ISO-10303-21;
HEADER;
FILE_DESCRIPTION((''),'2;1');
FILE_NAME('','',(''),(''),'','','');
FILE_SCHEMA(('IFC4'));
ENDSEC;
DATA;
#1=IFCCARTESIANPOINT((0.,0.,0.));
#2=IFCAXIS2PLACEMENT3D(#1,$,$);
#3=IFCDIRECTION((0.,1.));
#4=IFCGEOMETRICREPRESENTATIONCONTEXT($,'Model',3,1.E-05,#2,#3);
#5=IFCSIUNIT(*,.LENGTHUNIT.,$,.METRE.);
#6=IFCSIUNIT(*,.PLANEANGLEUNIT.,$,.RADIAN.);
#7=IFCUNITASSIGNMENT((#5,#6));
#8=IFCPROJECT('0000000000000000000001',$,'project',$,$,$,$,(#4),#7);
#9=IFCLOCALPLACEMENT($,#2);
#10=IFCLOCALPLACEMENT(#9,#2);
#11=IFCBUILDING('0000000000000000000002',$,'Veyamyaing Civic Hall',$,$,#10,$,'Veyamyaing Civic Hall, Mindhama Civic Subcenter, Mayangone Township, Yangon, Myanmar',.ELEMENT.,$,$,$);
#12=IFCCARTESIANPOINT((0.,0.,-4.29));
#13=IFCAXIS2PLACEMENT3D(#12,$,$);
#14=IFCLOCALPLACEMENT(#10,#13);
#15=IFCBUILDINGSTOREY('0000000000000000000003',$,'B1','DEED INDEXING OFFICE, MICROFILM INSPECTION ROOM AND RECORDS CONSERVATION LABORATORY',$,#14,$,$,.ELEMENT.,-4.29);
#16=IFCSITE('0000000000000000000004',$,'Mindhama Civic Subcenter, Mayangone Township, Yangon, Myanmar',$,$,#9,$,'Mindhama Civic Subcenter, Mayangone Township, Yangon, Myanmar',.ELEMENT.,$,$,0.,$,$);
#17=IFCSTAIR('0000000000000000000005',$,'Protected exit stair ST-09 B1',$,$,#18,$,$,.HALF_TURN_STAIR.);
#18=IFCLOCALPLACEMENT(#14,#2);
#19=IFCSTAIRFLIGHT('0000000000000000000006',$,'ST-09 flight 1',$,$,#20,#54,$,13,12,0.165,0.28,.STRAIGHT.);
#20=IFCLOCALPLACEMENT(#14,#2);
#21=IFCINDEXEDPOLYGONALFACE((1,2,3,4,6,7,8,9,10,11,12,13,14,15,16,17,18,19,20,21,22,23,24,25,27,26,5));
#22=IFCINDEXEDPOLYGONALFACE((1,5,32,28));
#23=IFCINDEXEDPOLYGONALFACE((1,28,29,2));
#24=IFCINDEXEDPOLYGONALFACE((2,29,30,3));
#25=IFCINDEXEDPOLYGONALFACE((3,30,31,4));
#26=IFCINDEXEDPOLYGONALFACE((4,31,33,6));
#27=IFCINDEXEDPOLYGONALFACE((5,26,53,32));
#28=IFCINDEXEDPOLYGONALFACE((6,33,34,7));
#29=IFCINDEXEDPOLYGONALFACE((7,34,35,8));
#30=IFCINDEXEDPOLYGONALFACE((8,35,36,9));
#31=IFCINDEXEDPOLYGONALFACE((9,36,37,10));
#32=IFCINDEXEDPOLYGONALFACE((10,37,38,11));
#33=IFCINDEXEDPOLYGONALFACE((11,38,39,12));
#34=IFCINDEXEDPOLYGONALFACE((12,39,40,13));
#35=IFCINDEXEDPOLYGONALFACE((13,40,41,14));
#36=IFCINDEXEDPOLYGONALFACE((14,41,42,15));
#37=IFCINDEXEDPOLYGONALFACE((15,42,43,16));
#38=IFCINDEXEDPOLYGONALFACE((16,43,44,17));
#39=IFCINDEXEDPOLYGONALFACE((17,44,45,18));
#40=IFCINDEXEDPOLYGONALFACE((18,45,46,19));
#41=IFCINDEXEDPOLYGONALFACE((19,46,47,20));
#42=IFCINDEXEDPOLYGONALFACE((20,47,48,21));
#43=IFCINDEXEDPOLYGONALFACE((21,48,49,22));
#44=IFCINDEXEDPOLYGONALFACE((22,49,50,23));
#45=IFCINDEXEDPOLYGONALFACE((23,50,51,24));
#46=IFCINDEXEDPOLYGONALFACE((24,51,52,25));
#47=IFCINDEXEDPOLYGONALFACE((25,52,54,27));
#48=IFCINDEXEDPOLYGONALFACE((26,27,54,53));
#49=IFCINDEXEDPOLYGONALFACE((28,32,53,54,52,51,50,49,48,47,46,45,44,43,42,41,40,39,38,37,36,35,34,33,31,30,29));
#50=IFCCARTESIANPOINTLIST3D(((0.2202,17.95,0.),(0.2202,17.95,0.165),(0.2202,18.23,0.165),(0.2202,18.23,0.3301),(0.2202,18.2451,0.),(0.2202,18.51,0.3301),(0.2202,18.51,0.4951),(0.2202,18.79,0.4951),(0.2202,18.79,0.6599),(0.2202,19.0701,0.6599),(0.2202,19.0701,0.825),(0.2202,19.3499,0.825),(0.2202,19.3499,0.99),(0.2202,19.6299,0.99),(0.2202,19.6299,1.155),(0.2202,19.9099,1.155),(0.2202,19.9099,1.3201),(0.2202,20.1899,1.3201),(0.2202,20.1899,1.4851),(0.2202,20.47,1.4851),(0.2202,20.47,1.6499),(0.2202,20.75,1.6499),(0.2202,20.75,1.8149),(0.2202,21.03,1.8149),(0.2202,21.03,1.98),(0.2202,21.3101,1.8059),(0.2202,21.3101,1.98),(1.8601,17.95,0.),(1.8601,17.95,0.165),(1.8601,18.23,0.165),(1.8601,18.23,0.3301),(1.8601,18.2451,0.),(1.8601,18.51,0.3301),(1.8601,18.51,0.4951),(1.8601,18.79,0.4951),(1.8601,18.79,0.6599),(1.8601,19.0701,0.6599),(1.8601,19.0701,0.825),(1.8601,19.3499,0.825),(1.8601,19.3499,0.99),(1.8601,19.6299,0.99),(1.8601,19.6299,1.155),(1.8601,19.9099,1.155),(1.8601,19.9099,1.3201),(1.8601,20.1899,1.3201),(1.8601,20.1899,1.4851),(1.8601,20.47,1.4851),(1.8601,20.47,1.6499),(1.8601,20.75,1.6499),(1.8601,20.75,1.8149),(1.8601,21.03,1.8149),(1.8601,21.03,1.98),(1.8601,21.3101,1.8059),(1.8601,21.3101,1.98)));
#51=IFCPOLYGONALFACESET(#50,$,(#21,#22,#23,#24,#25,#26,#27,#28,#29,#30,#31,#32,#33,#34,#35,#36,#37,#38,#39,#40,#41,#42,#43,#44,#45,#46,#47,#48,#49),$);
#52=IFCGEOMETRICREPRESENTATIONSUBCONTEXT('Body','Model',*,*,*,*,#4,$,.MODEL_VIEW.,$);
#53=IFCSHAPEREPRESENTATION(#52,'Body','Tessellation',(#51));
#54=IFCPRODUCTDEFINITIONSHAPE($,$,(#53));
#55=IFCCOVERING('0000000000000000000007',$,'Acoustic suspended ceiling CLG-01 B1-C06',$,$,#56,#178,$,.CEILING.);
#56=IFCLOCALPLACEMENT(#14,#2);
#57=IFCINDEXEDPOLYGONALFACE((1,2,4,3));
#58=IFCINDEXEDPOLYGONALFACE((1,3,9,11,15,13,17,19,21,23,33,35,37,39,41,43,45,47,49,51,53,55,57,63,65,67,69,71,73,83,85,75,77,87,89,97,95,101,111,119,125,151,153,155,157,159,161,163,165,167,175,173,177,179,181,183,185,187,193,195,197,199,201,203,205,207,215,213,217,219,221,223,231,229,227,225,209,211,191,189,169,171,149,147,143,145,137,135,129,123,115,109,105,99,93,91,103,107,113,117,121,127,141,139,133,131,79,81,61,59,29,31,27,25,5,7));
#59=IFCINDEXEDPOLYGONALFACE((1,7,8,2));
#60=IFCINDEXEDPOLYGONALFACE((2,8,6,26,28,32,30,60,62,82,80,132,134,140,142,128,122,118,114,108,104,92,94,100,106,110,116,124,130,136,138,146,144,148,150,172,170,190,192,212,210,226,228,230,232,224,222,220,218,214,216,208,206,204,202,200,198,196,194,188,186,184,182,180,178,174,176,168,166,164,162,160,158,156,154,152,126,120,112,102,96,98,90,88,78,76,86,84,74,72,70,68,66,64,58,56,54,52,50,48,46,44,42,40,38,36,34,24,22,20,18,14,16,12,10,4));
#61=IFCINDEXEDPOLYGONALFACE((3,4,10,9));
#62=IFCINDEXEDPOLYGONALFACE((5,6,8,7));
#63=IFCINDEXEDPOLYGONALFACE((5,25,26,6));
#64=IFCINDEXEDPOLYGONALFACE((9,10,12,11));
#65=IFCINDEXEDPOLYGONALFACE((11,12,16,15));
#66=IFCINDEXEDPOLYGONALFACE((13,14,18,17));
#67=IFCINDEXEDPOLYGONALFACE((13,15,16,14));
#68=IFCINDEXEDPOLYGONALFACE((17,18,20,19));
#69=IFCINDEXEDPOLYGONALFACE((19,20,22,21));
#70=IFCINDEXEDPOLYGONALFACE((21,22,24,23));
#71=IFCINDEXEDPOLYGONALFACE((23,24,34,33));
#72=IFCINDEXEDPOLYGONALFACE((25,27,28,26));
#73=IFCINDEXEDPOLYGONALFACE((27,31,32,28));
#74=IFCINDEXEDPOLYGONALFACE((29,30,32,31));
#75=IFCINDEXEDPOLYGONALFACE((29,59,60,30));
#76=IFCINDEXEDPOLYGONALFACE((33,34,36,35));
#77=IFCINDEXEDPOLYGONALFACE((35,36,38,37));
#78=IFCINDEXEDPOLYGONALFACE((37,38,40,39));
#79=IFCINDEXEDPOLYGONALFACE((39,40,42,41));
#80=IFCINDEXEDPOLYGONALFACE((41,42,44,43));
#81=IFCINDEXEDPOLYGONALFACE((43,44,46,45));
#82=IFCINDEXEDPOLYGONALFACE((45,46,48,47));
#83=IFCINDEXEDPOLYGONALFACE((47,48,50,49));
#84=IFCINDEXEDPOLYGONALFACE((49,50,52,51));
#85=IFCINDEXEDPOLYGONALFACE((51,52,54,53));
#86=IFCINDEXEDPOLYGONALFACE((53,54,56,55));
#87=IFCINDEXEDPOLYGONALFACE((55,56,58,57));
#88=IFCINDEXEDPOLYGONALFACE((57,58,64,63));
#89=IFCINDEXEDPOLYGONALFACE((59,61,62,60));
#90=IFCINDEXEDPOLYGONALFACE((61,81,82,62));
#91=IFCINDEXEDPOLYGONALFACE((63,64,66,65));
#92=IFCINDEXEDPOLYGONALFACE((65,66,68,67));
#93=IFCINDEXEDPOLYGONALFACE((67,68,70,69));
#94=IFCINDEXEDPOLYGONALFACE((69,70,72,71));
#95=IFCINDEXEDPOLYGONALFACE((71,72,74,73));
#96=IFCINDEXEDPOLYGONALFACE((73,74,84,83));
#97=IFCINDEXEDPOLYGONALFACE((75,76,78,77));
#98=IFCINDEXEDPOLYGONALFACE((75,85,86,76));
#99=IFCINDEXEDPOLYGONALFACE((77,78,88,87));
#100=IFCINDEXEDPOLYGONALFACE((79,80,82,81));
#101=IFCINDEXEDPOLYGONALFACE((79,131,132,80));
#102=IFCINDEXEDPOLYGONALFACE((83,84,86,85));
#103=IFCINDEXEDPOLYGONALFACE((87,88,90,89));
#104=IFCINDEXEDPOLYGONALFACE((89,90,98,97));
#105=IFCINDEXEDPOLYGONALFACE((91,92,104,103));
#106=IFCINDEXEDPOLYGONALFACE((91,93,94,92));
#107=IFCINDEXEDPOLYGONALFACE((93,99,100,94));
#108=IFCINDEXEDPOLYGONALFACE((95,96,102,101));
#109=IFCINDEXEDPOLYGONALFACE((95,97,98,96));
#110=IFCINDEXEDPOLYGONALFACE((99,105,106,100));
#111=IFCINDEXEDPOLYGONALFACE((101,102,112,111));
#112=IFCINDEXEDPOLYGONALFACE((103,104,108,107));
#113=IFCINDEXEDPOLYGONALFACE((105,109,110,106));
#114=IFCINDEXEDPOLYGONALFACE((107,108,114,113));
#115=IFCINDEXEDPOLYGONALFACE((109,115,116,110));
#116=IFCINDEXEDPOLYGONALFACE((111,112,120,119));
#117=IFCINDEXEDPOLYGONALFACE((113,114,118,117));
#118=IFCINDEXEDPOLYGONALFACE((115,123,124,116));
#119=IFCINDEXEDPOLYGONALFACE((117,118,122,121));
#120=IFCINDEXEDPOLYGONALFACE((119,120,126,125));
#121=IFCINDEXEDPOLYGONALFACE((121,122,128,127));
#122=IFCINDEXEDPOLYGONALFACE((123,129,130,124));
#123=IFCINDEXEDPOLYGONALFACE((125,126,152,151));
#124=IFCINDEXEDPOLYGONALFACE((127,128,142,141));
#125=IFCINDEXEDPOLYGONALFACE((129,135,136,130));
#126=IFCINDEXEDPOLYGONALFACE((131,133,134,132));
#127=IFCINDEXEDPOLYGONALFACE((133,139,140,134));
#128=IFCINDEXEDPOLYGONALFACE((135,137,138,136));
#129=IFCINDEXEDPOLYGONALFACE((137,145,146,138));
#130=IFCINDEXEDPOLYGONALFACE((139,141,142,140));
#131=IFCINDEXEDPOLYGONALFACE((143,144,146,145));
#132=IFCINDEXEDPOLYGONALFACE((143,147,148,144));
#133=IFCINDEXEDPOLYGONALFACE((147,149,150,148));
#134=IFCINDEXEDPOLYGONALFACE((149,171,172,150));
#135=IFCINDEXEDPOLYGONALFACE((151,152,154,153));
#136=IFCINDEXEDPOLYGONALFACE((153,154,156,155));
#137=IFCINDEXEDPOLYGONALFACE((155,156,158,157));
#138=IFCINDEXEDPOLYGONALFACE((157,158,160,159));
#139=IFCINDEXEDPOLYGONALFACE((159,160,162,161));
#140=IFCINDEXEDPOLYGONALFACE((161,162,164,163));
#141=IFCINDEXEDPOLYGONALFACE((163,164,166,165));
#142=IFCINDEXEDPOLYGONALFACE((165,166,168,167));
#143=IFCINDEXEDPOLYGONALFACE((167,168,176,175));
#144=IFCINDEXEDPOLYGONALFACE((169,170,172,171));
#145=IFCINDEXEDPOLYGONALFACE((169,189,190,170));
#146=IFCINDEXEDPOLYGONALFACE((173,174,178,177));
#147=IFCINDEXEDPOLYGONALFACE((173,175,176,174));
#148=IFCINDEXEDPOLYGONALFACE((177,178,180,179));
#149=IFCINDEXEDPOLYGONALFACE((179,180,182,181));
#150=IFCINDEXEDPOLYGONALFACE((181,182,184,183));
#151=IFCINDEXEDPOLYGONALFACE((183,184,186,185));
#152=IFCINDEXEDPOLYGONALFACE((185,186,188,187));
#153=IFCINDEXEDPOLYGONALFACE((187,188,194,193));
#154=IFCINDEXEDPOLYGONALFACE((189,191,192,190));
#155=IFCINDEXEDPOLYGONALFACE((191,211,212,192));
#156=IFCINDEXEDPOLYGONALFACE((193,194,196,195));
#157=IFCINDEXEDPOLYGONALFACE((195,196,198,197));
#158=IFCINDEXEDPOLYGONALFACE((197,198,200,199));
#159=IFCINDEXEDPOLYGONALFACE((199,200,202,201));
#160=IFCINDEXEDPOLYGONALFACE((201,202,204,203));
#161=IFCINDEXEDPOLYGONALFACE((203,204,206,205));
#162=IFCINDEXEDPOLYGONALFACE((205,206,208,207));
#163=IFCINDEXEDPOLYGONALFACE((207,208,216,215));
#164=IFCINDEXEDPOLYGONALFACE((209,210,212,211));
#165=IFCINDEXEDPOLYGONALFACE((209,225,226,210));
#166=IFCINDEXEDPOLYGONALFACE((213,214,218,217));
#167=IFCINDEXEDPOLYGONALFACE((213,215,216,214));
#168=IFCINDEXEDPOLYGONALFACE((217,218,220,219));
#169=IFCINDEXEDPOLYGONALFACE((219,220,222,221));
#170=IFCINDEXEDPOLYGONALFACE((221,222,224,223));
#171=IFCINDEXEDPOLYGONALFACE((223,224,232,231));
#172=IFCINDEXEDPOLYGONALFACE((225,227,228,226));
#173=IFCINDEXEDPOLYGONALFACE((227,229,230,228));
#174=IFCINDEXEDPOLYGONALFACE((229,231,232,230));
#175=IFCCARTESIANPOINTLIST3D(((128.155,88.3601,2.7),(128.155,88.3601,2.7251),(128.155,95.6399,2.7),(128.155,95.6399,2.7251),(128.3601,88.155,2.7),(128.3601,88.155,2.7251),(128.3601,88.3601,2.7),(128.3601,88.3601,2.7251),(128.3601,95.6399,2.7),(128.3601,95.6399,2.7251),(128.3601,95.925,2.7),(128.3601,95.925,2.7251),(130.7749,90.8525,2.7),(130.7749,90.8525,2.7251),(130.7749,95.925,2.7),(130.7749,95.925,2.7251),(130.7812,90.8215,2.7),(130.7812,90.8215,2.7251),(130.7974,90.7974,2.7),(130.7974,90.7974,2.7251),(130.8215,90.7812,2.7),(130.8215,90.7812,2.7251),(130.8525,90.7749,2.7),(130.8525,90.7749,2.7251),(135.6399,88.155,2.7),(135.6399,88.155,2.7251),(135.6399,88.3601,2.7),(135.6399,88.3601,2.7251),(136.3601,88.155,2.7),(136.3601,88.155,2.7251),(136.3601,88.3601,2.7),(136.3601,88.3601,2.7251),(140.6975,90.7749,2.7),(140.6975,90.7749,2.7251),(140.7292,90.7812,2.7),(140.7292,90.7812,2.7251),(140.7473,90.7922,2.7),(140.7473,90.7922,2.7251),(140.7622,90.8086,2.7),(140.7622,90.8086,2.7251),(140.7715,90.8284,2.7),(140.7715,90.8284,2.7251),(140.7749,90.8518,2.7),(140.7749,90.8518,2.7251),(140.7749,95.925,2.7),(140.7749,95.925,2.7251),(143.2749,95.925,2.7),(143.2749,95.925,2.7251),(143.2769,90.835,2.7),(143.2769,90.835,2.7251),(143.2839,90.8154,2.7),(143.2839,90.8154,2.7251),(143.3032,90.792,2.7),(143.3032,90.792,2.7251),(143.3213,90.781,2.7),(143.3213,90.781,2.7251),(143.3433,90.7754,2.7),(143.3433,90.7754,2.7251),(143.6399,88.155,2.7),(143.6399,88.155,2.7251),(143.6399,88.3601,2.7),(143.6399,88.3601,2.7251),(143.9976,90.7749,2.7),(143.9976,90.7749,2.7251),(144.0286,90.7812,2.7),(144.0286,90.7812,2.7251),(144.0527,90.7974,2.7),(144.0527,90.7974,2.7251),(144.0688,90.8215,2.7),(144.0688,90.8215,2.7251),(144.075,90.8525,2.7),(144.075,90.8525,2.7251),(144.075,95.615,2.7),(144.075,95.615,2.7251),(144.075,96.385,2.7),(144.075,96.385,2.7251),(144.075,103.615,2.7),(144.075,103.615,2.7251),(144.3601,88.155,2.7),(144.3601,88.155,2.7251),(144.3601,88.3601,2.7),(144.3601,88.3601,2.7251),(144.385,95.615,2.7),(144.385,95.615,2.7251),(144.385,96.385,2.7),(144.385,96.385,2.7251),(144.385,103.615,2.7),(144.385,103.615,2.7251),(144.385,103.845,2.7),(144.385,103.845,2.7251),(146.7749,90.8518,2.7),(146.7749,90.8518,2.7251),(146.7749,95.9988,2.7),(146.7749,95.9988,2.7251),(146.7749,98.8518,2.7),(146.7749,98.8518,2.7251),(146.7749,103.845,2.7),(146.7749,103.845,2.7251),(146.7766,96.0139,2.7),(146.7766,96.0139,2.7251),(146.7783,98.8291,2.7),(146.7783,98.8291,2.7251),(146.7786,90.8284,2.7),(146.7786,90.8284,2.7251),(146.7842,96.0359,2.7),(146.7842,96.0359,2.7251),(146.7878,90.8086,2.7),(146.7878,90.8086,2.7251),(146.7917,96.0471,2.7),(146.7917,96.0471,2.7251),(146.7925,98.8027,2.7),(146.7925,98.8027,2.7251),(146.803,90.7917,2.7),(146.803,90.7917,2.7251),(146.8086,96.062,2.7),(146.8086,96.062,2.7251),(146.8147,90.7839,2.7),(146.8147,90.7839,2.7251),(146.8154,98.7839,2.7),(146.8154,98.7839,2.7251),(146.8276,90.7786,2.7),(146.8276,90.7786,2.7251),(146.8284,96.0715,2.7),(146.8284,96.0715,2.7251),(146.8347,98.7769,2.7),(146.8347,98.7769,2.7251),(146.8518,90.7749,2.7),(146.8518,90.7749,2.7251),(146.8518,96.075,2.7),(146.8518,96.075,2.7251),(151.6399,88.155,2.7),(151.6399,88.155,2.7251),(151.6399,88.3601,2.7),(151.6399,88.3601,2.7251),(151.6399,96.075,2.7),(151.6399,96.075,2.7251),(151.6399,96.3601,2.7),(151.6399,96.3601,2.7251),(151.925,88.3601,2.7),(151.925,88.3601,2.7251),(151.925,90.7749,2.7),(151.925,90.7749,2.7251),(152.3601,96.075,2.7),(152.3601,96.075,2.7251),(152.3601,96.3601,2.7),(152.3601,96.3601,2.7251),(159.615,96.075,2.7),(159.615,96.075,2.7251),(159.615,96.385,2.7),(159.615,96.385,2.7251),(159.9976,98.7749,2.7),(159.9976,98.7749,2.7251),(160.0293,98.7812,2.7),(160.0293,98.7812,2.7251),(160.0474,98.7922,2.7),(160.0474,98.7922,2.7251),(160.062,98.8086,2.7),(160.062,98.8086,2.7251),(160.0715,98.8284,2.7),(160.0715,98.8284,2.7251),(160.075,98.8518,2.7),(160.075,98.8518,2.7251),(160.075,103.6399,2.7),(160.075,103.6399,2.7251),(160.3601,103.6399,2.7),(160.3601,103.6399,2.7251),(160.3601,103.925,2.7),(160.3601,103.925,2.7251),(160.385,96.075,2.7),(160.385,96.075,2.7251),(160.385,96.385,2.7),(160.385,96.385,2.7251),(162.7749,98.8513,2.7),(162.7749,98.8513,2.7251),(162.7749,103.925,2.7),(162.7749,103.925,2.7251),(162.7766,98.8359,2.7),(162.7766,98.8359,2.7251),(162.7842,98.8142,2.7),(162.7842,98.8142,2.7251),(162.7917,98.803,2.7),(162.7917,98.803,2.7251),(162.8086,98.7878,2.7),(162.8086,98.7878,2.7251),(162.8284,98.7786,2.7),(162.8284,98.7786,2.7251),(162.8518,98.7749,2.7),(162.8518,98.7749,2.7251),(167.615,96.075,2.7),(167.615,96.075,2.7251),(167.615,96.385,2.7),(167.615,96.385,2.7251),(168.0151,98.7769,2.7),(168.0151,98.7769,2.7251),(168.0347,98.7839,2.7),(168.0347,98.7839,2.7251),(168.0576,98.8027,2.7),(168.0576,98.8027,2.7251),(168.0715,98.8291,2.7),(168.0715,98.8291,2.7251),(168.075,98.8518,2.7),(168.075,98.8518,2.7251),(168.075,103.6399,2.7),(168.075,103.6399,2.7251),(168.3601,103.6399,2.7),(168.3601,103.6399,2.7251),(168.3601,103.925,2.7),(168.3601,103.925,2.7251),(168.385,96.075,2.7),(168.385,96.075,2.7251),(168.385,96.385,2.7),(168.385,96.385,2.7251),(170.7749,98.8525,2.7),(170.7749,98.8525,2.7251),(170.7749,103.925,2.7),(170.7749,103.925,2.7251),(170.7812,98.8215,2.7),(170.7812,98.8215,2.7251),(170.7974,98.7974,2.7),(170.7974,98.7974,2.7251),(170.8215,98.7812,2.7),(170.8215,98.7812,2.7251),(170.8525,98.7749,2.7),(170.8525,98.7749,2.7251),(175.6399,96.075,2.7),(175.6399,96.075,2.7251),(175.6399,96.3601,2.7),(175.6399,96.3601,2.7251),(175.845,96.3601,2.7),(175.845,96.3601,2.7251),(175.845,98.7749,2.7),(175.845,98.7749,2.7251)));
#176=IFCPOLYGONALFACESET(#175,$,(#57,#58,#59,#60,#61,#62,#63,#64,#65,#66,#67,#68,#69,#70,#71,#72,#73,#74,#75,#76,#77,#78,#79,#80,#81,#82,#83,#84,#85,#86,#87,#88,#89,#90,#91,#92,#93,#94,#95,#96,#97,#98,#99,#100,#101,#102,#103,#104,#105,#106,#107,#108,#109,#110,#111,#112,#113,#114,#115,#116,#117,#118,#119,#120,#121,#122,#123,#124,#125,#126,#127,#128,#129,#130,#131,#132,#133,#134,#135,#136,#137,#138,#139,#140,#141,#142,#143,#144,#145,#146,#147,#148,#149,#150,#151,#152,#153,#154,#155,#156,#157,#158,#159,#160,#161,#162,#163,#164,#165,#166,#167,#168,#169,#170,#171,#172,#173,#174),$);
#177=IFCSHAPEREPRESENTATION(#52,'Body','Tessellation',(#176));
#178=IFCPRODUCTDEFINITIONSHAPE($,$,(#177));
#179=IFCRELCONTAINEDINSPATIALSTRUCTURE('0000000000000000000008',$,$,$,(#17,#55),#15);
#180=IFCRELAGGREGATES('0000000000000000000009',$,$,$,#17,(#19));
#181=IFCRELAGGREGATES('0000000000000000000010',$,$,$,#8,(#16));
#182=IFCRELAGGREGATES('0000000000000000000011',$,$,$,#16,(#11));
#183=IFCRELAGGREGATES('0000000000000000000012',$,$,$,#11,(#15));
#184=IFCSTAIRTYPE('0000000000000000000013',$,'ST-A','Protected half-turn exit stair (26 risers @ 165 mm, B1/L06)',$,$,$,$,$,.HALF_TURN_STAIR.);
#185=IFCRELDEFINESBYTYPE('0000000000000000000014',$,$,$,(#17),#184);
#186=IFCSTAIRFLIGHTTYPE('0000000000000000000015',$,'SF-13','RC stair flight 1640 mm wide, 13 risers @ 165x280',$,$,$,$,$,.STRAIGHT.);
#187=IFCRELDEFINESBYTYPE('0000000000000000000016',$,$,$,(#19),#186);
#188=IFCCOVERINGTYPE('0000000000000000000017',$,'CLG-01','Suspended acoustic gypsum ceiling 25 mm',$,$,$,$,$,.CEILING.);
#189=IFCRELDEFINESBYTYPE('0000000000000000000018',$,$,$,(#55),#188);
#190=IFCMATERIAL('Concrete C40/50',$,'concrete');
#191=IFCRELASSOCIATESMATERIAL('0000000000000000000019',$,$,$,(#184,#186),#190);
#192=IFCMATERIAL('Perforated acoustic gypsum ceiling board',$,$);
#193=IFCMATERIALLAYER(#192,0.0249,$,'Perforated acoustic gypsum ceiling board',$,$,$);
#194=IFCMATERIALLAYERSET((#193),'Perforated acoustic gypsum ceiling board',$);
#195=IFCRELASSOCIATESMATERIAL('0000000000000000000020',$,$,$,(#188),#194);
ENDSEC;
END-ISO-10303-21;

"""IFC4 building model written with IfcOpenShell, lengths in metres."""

from ifc_helpers import new_model, si_unit, direction, frame, origin, place, context, subcontext, project, spatial, polyline, outline, extrude, material, layer, layer_set, type_object, element, aggregate, save


model = new_model("IFC4")

# Units and contexts
model_context = context("Model", 3, precision=1e-05, world=origin(), true_north=direction((0.0, 1.0)))
body_context = subcontext(model_context, "Body", "Model", "MODEL_VIEW")
ifc_project = project(units=[si_unit("LENGTHUNIT", "METRE"), si_unit("PLANEANGLEUNIT", "RADIAN")], contexts=[model_context])

# Site, building, storey
site_placement = place(None, origin())
site = spatial("IfcSite", under=ifc_project, at=site_placement, Name="Mindhama Civic Subcenter, Mayangone Township, Yangon, Myanmar", LongName="Mindhama Civic Subcenter, Mayangone Township, Yangon, Myanmar", CompositionType="ELEMENT", RefElevation=0.0)
building_placement = place(site_placement, origin())
building = spatial("IfcBuilding", under=site, at=building_placement, Name="Veyamyaing Civic Hall", LongName="Veyamyaing Civic Hall, Mindhama Civic Subcenter, Mayangone Township, Yangon, Myanmar", CompositionType="ELEMENT")
storey_placement = place(building_placement, frame((0.0, 0.0, -4.29)))
storey = spatial("IfcBuildingStorey", under=building, at=storey_placement, Name="B1", Description="DEED INDEXING OFFICE, MICROFILM INSPECTION ROOM AND RECORDS CONSERVATION LABORATORY", CompositionType="ELEMENT", Elevation=-4.29)

# Shared definitions
ifc_material_1 = material(Name="Concrete C40/50", Category="concrete")

# Stair, stair flight
stair_type = type_object("IfcStairType", Name="ST-A", Description="Protected half-turn exit stair (26 risers @ 165 mm, B1/L06)", PredefinedType="HALF_TURN_STAIR", material=ifc_material_1)
stair_placement = place(storey_placement, origin())
stair = element("IfcStair", 1, at=stair_placement, inside=storey, type_object=stair_type, Name="Protected exit stair ST-09 B1", PredefinedType="HALF_TURN_STAIR")
stair_flight_type = type_object("IfcStairFlightType", Name="SF-13", Description="RC stair flight 1640 mm wide, 13 risers @ 165x280", PredefinedType="STRAIGHT", material=ifc_material_1)
stair_flight_placement = place(storey_placement, frame((1.04, 17.95, 0.0), z_axis=(0.0, 0.0, 1.0), x_axis=(0.0, 1.0, 0.0)))
stair_flight = element("IfcStairFlight", 2, at=stair_flight_placement, type_object=stair_flight_type, Name="ST-09 flight 1", NumberOfRisers=13, NumberOfTreads=12, PredefinedType="STRAIGHT", RiserHeight=0.165, TreadLength=0.28, context=body_context, shape_type="SweptSolid", body=[
    extrude(outline(polyline([(0.0, 0.0), (0.0, 0.165), (0.28, 0.165), (0.28, 0.3301), (0.5601, 0.3301), (0.5601, 0.4951), (0.8401, 0.4951), (0.8401, 0.6599), (1.1201, 0.6599), (1.1201, 0.825), (1.3999, 0.825), (1.3999, 0.99), (1.6799, 0.99), (1.6799, 1.155), (1.96, 1.155), (1.96, 1.3201), (2.24, 1.3201), (2.24, 1.4851), (2.52, 1.4851), (2.52, 1.6499), (2.8, 1.6499), (2.8, 1.8149), (3.0801, 1.8149), (3.0801, 1.98), (3.3601, 1.98), (3.3601, 2.145), (3.3601, 1.8059), (0.2952, 0.0), (0.0, 0.0)])), frame((0.0, 0.8198, 0.0), z_axis=(0.0, -1.0, 0.0), x_axis=(1.0, 0.0, 0.0)), (0.0, 0.0, 1.0), 1.6399),
])
aggregate(stair, [stair_flight])

# Covering
ifc_material_2 = material(Name="Perforated acoustic gypsum ceiling board")
ifc_layer_1 = layer(ifc_material_2, 0.0249, Name="Perforated acoustic gypsum ceiling board")
ifc_layer_set_1 = layer_set([ifc_layer_1], Name="Perforated acoustic gypsum ceiling board")
covering_type_1 = type_object("IfcCoveringType", Name="CLG-01", Description="Suspended acoustic gypsum ceiling 25 mm", PredefinedType="CEILING", material=ifc_layer_set_1)
covering_1_placement = place(storey_placement, frame((0.0, 0.0, 2.7)))
element("IfcCovering", 3, at=covering_1_placement, inside=storey, type_object=covering_type_1, Name="Acoustic suspended ceiling CLG-01 B1-C06", PredefinedType="CEILING", context=body_context, shape_type="SweptSolid", body=[
    extrude(outline(polyline([(130.7749, 90.8525), (130.7812, 90.8215), (130.7974, 90.7974), (130.8215, 90.7812), (130.8525, 90.7749), (140.6975, 90.7749), (140.7292, 90.7812), (140.7473, 90.7922), (140.7622, 90.8086), (140.7715, 90.8284), (140.7749, 90.8518), (140.7749, 95.925), (143.2749, 95.925), (143.2769, 90.835), (143.2839, 90.8154), (143.3032, 90.792), (143.3213, 90.781), (143.3433, 90.7754), (143.9976, 90.7749), (144.0286, 90.7812), (144.0527, 90.7974), (144.0688, 90.8215), (144.075, 90.8525), (144.075, 95.615), (144.385, 95.615), (144.385, 96.385), (144.075, 96.385), (144.075, 103.615), (144.385, 103.615), (144.385, 103.845), (146.7749, 103.845), (146.7749, 98.8518), (146.7783, 98.8291), (146.7925, 98.8027), (146.8154, 98.7839), (146.8347, 98.7769), (159.9976, 98.7749), (160.0293, 98.7812), (160.0474, 98.7922), (160.062, 98.8086), (160.0715, 98.8284), (160.075, 98.8518), (160.075, 103.6399), (160.3601, 103.6399), (160.3601, 103.925), (162.7749, 103.925), (162.7749, 98.8513), (162.7766, 98.8359), (162.7842, 98.8142), (162.7917, 98.803), (162.8086, 98.7878), (162.8284, 98.7786), (162.8518, 98.7749), (168.0151, 98.7769), (168.0347, 98.7839), (168.0576, 98.8027), (168.0715, 98.8291), (168.075, 98.8518), (168.075, 103.6399), (168.3601, 103.6399), (168.3601, 103.925), (170.7749, 103.925), (170.7749, 98.8525), (170.7812, 98.8215), (170.7974, 98.7974), (170.8215, 98.7812), (170.8525, 98.7749), (175.845, 98.7749), (175.845, 96.3601), (175.6399, 96.3601), (175.6399, 96.075), (168.385, 96.075), (168.385, 96.385), (167.615, 96.385), (167.615, 96.075), (160.385, 96.075), (160.385, 96.385), (159.615, 96.385), (159.615, 96.075), (152.3601, 96.075), (152.3601, 96.3601), (151.6399, 96.3601), (151.6399, 96.075), (146.8518, 96.075), (146.8284, 96.0715), (146.8086, 96.062), (146.7917, 96.0471), (146.7842, 96.0359), (146.7766, 96.0139), (146.7749, 95.9988), (146.7749, 90.8518), (146.7786, 90.8284), (146.7878, 90.8086), (146.803, 90.7917), (146.8147, 90.7839), (146.8276, 90.7786), (146.8518, 90.7749), (151.925, 90.7749), (151.925, 88.3601), (151.6399, 88.3601), (151.6399, 88.155), (144.3601, 88.155), (144.3601, 88.3601), (143.6399, 88.3601), (143.6399, 88.155), (136.3601, 88.155), (136.3601, 88.3601), (135.6399, 88.3601), (135.6399, 88.155), (128.3601, 88.155), (128.3601, 88.3601), (128.155, 88.3601), (128.155, 95.6399), (128.3601, 95.6399), (128.3601, 95.925), (130.7749, 95.925), (130.7749, 90.8525)])), origin(), (0.0, 0.0, 1.0), 0.0251),
])

save(model, "model.ifc")
